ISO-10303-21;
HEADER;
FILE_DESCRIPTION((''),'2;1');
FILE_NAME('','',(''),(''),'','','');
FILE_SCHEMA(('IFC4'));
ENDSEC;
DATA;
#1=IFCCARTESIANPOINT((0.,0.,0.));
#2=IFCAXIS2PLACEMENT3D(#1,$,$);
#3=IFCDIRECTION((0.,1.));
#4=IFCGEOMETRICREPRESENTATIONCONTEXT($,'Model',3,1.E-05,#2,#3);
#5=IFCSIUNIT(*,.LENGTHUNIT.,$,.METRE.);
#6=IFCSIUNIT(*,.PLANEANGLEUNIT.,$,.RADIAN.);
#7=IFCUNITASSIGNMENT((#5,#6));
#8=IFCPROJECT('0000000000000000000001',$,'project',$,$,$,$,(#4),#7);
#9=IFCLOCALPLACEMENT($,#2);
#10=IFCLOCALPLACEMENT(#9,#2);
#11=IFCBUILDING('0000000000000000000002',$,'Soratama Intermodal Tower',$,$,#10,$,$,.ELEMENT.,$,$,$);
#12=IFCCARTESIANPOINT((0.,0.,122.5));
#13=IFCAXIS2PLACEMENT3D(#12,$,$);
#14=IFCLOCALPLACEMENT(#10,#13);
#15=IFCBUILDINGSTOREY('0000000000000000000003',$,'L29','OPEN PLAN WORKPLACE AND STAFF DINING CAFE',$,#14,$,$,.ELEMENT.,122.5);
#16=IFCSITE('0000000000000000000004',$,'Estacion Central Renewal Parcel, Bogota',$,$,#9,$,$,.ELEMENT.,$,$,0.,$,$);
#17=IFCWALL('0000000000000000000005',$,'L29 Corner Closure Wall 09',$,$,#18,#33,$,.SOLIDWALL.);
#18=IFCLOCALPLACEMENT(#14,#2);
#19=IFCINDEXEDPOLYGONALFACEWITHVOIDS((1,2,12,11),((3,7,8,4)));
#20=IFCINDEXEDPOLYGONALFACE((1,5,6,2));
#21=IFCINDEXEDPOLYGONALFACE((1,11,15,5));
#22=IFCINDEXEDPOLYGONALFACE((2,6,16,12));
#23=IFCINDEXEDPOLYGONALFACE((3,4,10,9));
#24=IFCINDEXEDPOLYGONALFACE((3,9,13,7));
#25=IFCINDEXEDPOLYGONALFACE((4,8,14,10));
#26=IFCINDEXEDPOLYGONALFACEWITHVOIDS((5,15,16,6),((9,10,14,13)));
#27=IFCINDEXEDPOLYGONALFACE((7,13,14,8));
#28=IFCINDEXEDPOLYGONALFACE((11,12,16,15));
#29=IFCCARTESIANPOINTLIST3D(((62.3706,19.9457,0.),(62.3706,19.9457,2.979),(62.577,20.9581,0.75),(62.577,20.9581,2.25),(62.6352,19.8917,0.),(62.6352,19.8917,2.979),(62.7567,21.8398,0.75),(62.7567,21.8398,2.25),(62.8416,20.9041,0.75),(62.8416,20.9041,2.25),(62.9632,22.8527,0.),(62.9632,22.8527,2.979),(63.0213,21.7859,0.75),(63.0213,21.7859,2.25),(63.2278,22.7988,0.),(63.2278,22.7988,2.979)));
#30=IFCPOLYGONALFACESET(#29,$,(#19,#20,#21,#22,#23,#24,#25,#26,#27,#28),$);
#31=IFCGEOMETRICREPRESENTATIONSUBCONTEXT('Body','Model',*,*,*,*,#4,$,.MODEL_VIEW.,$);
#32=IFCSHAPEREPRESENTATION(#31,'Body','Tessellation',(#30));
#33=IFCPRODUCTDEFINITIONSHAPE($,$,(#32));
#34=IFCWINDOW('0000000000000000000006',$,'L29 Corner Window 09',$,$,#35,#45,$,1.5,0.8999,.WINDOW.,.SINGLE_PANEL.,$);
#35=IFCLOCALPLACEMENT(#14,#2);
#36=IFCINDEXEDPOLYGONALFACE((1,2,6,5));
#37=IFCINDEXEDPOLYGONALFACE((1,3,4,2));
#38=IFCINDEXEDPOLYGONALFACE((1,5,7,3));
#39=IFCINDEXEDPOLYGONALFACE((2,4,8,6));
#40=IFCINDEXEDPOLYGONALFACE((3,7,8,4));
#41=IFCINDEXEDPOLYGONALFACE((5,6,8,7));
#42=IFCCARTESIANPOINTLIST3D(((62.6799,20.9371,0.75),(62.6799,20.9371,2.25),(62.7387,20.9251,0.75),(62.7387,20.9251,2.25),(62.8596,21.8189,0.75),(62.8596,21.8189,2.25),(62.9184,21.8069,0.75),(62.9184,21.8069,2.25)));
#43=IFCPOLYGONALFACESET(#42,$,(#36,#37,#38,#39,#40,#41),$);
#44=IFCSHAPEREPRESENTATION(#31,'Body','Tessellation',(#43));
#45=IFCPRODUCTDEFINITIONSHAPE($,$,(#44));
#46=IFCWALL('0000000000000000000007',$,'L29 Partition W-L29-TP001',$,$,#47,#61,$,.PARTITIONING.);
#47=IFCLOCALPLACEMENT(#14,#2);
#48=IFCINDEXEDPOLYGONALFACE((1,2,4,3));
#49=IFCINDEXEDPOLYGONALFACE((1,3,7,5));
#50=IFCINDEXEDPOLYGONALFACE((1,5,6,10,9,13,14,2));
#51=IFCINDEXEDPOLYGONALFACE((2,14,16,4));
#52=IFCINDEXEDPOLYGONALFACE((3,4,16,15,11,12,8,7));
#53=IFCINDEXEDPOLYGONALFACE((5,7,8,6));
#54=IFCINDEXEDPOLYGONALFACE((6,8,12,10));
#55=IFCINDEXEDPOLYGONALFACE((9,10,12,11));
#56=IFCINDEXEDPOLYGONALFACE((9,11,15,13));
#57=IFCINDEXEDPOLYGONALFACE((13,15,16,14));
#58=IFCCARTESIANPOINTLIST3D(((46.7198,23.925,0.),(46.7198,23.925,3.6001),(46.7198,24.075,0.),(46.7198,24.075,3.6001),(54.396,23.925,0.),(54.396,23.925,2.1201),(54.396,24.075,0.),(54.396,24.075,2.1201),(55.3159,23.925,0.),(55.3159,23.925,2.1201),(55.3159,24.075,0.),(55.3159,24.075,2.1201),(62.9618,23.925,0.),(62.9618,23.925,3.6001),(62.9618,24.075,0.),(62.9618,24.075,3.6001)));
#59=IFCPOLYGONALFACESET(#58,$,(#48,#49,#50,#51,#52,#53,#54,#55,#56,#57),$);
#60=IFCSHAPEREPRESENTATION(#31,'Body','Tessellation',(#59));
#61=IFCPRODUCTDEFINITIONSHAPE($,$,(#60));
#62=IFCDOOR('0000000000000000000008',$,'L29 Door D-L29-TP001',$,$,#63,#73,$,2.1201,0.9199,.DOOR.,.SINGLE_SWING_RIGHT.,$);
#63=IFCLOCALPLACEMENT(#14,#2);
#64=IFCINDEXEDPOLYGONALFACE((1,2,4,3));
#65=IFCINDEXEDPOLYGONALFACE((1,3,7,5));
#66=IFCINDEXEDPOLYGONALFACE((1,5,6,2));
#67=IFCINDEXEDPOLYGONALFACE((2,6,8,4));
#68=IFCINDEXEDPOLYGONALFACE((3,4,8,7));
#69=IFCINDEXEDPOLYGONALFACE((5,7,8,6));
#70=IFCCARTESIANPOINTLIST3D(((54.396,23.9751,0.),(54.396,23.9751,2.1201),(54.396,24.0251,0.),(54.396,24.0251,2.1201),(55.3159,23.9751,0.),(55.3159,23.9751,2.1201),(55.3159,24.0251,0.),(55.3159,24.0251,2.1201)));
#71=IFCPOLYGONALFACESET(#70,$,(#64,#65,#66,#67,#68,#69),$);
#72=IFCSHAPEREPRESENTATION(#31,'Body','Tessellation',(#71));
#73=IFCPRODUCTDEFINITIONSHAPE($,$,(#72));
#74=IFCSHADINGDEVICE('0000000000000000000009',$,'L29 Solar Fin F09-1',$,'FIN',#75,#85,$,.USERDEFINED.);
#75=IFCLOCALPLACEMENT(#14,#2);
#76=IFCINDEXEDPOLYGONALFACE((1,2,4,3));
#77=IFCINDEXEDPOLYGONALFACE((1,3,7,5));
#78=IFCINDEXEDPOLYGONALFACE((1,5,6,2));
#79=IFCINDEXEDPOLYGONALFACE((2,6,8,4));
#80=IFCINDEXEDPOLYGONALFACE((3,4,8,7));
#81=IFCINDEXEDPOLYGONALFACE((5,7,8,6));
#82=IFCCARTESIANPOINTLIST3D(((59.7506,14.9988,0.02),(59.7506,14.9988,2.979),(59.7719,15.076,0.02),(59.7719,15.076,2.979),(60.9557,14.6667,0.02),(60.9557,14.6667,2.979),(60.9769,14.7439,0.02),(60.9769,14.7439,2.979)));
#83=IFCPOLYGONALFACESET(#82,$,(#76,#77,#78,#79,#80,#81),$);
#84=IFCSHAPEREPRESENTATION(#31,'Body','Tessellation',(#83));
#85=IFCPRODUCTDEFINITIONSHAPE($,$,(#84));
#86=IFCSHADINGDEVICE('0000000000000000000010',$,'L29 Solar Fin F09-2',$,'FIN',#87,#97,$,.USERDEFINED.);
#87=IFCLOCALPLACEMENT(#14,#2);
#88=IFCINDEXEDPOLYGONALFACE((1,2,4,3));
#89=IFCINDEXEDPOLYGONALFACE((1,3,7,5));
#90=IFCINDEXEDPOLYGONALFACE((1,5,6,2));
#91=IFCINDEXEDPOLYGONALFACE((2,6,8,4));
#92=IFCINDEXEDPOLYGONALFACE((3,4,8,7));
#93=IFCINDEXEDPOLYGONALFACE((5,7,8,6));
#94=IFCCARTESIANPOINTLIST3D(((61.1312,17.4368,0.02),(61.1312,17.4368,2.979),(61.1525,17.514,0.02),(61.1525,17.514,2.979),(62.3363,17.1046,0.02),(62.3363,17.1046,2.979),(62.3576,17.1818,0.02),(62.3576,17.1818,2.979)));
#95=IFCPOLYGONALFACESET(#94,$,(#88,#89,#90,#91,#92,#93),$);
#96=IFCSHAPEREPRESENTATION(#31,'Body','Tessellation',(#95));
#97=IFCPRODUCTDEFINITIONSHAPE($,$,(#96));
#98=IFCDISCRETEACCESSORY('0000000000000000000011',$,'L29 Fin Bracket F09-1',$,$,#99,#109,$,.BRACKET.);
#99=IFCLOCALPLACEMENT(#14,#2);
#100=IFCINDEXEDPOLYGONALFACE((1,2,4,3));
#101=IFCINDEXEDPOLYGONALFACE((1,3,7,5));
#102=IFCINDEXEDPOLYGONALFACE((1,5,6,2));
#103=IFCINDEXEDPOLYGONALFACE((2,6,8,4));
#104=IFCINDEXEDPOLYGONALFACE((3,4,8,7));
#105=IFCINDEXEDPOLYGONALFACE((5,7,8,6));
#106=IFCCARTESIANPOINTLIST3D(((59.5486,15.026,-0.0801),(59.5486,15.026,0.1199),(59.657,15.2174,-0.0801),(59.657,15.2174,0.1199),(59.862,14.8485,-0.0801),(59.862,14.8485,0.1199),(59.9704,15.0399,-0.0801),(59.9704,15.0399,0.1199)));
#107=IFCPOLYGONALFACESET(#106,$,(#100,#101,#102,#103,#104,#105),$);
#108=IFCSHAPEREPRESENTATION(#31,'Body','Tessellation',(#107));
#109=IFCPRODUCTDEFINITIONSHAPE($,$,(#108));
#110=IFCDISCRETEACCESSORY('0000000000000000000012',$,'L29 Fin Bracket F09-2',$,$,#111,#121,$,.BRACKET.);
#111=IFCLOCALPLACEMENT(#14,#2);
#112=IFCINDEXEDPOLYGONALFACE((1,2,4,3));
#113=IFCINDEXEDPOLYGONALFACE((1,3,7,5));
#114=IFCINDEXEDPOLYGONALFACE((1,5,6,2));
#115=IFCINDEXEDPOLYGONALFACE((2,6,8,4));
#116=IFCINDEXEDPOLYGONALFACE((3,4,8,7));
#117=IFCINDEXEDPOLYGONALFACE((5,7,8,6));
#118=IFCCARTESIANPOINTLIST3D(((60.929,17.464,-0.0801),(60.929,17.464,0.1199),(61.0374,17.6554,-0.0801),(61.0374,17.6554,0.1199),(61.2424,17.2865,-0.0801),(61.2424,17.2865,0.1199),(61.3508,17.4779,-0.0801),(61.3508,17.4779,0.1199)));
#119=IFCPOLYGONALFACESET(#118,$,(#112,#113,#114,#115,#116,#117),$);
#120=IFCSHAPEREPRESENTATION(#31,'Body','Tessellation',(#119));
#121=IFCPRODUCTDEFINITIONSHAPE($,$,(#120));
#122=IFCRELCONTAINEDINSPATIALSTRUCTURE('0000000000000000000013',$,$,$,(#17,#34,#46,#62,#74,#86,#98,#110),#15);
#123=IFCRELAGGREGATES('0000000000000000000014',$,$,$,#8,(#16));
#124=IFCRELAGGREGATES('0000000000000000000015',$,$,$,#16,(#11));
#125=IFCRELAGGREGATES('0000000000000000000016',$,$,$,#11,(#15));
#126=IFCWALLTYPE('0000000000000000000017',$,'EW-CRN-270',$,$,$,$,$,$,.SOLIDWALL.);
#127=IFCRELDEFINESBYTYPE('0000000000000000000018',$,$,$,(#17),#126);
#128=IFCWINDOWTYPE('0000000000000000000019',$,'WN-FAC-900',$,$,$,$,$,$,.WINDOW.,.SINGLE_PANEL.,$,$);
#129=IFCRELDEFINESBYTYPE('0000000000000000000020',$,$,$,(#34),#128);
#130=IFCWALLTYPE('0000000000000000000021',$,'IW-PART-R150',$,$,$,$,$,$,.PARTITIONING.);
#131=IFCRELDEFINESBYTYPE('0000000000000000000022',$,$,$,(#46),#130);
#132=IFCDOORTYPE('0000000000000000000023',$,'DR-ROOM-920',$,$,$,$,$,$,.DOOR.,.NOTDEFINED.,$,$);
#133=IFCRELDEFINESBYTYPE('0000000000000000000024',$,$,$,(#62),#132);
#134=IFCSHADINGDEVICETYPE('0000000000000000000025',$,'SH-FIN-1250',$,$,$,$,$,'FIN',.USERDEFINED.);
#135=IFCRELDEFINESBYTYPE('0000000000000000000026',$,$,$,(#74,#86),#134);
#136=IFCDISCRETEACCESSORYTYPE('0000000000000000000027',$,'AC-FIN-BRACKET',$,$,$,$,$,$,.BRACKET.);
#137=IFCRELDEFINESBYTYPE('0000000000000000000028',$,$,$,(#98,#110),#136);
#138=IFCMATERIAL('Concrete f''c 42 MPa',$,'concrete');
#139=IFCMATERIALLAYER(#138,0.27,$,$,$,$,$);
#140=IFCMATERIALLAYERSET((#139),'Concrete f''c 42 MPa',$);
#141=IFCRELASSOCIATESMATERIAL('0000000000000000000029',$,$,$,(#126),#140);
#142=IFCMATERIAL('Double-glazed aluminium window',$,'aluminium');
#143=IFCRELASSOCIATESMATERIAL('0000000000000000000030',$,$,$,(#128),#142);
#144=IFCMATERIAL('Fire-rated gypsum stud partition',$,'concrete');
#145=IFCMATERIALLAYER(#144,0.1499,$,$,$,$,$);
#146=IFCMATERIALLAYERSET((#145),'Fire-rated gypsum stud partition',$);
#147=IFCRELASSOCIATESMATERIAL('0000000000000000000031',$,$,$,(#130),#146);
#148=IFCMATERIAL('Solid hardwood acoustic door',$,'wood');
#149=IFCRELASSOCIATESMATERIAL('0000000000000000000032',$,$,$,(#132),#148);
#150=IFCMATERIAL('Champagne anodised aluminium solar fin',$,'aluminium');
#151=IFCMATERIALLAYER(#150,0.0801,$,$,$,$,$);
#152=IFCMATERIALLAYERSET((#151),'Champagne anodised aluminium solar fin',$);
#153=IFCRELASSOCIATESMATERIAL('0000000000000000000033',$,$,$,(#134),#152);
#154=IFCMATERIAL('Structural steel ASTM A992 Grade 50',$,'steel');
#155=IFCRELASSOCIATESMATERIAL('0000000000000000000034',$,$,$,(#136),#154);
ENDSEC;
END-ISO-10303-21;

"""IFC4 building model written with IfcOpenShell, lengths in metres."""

from ifc_helpers import new_model, si_unit, direction, frame, frame_2d, origin, origin_2d, place, context, subcontext, project, spatial, rectangle, extrude, material, layer, layer_set, type_object, element, fill, save


model = new_model("IFC4")

# Units and contexts
model_context = context("Model", 3, precision=1e-05, world=origin(), true_north=direction((0.0, 1.0)))
body_context = subcontext(model_context, "Body", "Model", "MODEL_VIEW")
ifc_project = project(units=[si_unit("LENGTHUNIT", "METRE"), si_unit("PLANEANGLEUNIT", "RADIAN")], contexts=[model_context])

# Site, building, storey
site_placement = place(None, origin())
site = spatial("IfcSite", under=ifc_project, at=site_placement, Name="Estacion Central Renewal Parcel, Bogota", CompositionType="ELEMENT", RefElevation=0.0)
building_placement = place(site_placement, origin())
building = spatial("IfcBuilding", under=site, at=building_placement, Name="Soratama Intermodal Tower", CompositionType="ELEMENT")
storey_placement = place(building_placement, frame((0.0, 0.0, 122.5)))
storey = spatial("IfcBuildingStorey", under=building, at=storey_placement, Name="L29", Description="OPEN PLAN WORKPLACE AND STAFF DINING CAFE", CompositionType="ELEMENT", Elevation=122.5)

# Wall, opening, window
ifc_material_1 = material(Name="Concrete f'c 42 MPa", Category="concrete")
ifc_layer_1 = layer(ifc_material_1, 0.27)
ifc_layer_set_1 = layer_set([ifc_layer_1], Name="Concrete f'c 42 MPa")
wall_type_1 = type_object("IfcWallType", Name="EW-CRN-270", PredefinedType="SOLIDWALL", material=ifc_layer_set_1)
wall_1_placement = place(storey_placement, frame((62.5029, 19.9187, 0.0), z_axis=(0.0, 0.0, 1.0), x_axis=(0.199723, 0.979852, 0.0)))
wall_1 = element("IfcWall", 1, at=wall_1_placement, inside=storey, type_object=wall_type_1, Name="L29 Corner Closure Wall 09", PredefinedType="SOLIDWALL", context=body_context, shape_type="SweptSolid", body=[
    extrude(rectangle(XDim=2.9668, YDim=0.27, at=frame_2d((1.4834, 0.0))), origin(), (0.0, 0.0, 1.0), 2.979),
])
opening_1_placement = place(wall_1_placement, frame((1.0332, 0.0, 0.75)))
opening_1 = element("IfcOpeningElement", 2, at=opening_1_placement, cuts=wall_1, PredefinedType="OPENING", context=body_context, shape_type="SweptSolid", body=[
    extrude(rectangle(XDim=0.8999, YDim=1.5, at=frame_2d((0.45, 0.75))), frame((0.0, 0.145, 0.0), z_axis=(0.0, -1.0, 0.0), x_axis=(1.0, 0.0, 0.0)), (0.0, 0.0, 1.0), 0.29),
])
ifc_material_2 = material(Name="Double-glazed aluminium window", Category="aluminium")
window_type_1 = type_object("IfcWindowType", Name="WN-FAC-900", PartitioningType="SINGLE_PANEL", PredefinedType="WINDOW", material=ifc_material_2)
window_1_placement = place(opening_1_placement, origin())
window_1 = element("IfcWindow", 3, at=window_1_placement, inside=storey, type_object=window_type_1, Name="L29 Corner Window 09", OverallHeight=1.5, OverallWidth=0.8999, PartitioningType="SINGLE_PANEL", PredefinedType="WINDOW", context=body_context, shape_type="SweptSolid", body=[
    extrude(rectangle(XDim=0.8999, YDim=1.5, at=frame_2d((0.45, 0.75))), frame((0.0, 0.03, 0.0), z_axis=(0.0, -1.0, 0.0), x_axis=(1.0, 0.0, 0.0)), (0.0, 0.0, 1.0), 0.0601),
])
fill(opening_1, window_1)

# Wall, opening, door
ifc_material_3 = material(Name="Fire-rated gypsum stud partition", Category="concrete")
ifc_layer_2 = layer(ifc_material_3, 0.1499)
ifc_layer_set_2 = layer_set([ifc_layer_2], Name="Fire-rated gypsum stud partition")
wall_type_2 = type_object("IfcWallType", Name="IW-PART-R150", PredefinedType="PARTITIONING", material=ifc_layer_set_2)
wall_2_placement = place(storey_placement, frame((62.9619, 24.0, 0.0), z_axis=(0.0, 0.0, 1.0), x_axis=(-1.0, 0.0, 0.0)))
wall_2 = element("IfcWall", 4, at=wall_2_placement, inside=storey, type_object=wall_type_2, Name="L29 Partition W-L29-TP001", PredefinedType="PARTITIONING", context=body_context, shape_type="SweptSolid", body=[
    extrude(rectangle(XDim=16.2419, YDim=0.1499, at=frame_2d((8.1211, 0.0))), origin(), (0.0, 0.0, 1.0), 3.6001),
])
opening_2_placement = place(wall_2_placement, frame((7.646, 0.0, 0.0)))
opening_2 = element("IfcOpeningElement", 5, at=opening_2_placement, cuts=wall_2, PredefinedType="OPENING", context=body_context, shape_type="SweptSolid", body=[
    extrude(rectangle(XDim=0.9199, YDim=2.1201, at=frame_2d((0.46, 1.0601))), frame((0.0, 0.085, 0.0), z_axis=(0.0, -1.0, 0.0), x_axis=(1.0, 0.0, 0.0)), (0.0, 0.0, 1.0), 0.1699),
])
ifc_material_4 = material(Name="Solid hardwood acoustic door", Category="wood")
door_type_1 = type_object("IfcDoorType", Name="DR-ROOM-920", OperationType="NOTDEFINED", PredefinedType="DOOR", material=ifc_material_4)
door_1_placement = place(opening_2_placement, origin())
door_1 = element("IfcDoor", 6, at=door_1_placement, inside=storey, type_object=door_type_1, Name="L29 Door D-L29-TP001", OperationType="SINGLE_SWING_RIGHT", OverallHeight=2.1201, OverallWidth=0.9199, PredefinedType="DOOR", context=body_context, shape_type="SweptSolid", body=[
    extrude(rectangle(XDim=0.9199, YDim=2.1201, at=frame_2d((0.46, 1.0601))), frame((0.0, 0.0249, 0.0), z_axis=(0.0, -1.0, 0.0), x_axis=(1.0, 0.0, 0.0)), (0.0, 0.0, 1.0), 0.05),
])
fill(opening_2, door_1)

# Shading devices
ifc_material_5 = material(Name="Champagne anodised aluminium solar fin", Category="aluminium")
ifc_layer_3 = layer(ifc_material_5, 0.0801)
ifc_layer_set_3 = layer_set([ifc_layer_3], Name="Champagne anodised aluminium solar fin")
shading_device_type = type_object("IfcShadingDeviceType", Name="SH-FIN-1250", ElementType="FIN", PredefinedType="USERDEFINED", material=ifc_layer_set_3)
for number, where, z_axis, x_axis, name in (
    (7, (60.3638, 14.8713, 0.02), (0.0, 0.0, 1.0), (0.964049, -0.265724, 0.0), "L29 Solar Fin F09-1"),
    (8, (61.7444, 17.3093, 0.02), (0.0, 0.0, 1.0), (0.964049, -0.265724, 0.0), "L29 Solar Fin F09-2"),
):
    element("IfcShadingDevice", number, at=place(storey_placement, frame(where, z_axis=z_axis, x_axis=x_axis)), inside=storey, type_object=shading_device_type, Name=name, ObjectType="FIN", PredefinedType="USERDEFINED", context=body_context, shape_type="SweptSolid", body=[
        extrude(rectangle(XDim=1.25, YDim=0.0801, at=origin_2d()), origin(), (0.0, 0.0, 1.0), 2.959),
    ])

# Discrete accessories
ifc_material_6 = material(Name="Structural steel ASTM A992 Grade 50", Category="steel")
discrete_accessory_type = type_object("IfcDiscreteAccessoryType", Name="AC-FIN-BRACKET", PredefinedType="BRACKET", material=ifc_material_6)
for number, where, z_axis, x_axis, name in (
    (9, (59.7595, 15.033, -0.0801), (0.0, 0.0, 1.0), (0.870184, -0.492727, 0.0), "L29 Fin Bracket F09-1"),
    (10, (61.1399, 17.4709, -0.0801), (0.0, 0.0, 1.0), (0.870184, -0.492727, 0.0), "L29 Fin Bracket F09-2"),
):
    element("IfcDiscreteAccessory", number, at=place(storey_placement, frame(where, z_axis=z_axis, x_axis=x_axis)), inside=storey, type_object=discrete_accessory_type, Name=name, PredefinedType="BRACKET", context=body_context, shape_type="SweptSolid", body=[
        extrude(rectangle(XDim=0.3601, YDim=0.22, at=origin_2d()), origin(), (0.0, 0.0, 1.0), 0.2),
    ])

save(model, "model.ifc")
